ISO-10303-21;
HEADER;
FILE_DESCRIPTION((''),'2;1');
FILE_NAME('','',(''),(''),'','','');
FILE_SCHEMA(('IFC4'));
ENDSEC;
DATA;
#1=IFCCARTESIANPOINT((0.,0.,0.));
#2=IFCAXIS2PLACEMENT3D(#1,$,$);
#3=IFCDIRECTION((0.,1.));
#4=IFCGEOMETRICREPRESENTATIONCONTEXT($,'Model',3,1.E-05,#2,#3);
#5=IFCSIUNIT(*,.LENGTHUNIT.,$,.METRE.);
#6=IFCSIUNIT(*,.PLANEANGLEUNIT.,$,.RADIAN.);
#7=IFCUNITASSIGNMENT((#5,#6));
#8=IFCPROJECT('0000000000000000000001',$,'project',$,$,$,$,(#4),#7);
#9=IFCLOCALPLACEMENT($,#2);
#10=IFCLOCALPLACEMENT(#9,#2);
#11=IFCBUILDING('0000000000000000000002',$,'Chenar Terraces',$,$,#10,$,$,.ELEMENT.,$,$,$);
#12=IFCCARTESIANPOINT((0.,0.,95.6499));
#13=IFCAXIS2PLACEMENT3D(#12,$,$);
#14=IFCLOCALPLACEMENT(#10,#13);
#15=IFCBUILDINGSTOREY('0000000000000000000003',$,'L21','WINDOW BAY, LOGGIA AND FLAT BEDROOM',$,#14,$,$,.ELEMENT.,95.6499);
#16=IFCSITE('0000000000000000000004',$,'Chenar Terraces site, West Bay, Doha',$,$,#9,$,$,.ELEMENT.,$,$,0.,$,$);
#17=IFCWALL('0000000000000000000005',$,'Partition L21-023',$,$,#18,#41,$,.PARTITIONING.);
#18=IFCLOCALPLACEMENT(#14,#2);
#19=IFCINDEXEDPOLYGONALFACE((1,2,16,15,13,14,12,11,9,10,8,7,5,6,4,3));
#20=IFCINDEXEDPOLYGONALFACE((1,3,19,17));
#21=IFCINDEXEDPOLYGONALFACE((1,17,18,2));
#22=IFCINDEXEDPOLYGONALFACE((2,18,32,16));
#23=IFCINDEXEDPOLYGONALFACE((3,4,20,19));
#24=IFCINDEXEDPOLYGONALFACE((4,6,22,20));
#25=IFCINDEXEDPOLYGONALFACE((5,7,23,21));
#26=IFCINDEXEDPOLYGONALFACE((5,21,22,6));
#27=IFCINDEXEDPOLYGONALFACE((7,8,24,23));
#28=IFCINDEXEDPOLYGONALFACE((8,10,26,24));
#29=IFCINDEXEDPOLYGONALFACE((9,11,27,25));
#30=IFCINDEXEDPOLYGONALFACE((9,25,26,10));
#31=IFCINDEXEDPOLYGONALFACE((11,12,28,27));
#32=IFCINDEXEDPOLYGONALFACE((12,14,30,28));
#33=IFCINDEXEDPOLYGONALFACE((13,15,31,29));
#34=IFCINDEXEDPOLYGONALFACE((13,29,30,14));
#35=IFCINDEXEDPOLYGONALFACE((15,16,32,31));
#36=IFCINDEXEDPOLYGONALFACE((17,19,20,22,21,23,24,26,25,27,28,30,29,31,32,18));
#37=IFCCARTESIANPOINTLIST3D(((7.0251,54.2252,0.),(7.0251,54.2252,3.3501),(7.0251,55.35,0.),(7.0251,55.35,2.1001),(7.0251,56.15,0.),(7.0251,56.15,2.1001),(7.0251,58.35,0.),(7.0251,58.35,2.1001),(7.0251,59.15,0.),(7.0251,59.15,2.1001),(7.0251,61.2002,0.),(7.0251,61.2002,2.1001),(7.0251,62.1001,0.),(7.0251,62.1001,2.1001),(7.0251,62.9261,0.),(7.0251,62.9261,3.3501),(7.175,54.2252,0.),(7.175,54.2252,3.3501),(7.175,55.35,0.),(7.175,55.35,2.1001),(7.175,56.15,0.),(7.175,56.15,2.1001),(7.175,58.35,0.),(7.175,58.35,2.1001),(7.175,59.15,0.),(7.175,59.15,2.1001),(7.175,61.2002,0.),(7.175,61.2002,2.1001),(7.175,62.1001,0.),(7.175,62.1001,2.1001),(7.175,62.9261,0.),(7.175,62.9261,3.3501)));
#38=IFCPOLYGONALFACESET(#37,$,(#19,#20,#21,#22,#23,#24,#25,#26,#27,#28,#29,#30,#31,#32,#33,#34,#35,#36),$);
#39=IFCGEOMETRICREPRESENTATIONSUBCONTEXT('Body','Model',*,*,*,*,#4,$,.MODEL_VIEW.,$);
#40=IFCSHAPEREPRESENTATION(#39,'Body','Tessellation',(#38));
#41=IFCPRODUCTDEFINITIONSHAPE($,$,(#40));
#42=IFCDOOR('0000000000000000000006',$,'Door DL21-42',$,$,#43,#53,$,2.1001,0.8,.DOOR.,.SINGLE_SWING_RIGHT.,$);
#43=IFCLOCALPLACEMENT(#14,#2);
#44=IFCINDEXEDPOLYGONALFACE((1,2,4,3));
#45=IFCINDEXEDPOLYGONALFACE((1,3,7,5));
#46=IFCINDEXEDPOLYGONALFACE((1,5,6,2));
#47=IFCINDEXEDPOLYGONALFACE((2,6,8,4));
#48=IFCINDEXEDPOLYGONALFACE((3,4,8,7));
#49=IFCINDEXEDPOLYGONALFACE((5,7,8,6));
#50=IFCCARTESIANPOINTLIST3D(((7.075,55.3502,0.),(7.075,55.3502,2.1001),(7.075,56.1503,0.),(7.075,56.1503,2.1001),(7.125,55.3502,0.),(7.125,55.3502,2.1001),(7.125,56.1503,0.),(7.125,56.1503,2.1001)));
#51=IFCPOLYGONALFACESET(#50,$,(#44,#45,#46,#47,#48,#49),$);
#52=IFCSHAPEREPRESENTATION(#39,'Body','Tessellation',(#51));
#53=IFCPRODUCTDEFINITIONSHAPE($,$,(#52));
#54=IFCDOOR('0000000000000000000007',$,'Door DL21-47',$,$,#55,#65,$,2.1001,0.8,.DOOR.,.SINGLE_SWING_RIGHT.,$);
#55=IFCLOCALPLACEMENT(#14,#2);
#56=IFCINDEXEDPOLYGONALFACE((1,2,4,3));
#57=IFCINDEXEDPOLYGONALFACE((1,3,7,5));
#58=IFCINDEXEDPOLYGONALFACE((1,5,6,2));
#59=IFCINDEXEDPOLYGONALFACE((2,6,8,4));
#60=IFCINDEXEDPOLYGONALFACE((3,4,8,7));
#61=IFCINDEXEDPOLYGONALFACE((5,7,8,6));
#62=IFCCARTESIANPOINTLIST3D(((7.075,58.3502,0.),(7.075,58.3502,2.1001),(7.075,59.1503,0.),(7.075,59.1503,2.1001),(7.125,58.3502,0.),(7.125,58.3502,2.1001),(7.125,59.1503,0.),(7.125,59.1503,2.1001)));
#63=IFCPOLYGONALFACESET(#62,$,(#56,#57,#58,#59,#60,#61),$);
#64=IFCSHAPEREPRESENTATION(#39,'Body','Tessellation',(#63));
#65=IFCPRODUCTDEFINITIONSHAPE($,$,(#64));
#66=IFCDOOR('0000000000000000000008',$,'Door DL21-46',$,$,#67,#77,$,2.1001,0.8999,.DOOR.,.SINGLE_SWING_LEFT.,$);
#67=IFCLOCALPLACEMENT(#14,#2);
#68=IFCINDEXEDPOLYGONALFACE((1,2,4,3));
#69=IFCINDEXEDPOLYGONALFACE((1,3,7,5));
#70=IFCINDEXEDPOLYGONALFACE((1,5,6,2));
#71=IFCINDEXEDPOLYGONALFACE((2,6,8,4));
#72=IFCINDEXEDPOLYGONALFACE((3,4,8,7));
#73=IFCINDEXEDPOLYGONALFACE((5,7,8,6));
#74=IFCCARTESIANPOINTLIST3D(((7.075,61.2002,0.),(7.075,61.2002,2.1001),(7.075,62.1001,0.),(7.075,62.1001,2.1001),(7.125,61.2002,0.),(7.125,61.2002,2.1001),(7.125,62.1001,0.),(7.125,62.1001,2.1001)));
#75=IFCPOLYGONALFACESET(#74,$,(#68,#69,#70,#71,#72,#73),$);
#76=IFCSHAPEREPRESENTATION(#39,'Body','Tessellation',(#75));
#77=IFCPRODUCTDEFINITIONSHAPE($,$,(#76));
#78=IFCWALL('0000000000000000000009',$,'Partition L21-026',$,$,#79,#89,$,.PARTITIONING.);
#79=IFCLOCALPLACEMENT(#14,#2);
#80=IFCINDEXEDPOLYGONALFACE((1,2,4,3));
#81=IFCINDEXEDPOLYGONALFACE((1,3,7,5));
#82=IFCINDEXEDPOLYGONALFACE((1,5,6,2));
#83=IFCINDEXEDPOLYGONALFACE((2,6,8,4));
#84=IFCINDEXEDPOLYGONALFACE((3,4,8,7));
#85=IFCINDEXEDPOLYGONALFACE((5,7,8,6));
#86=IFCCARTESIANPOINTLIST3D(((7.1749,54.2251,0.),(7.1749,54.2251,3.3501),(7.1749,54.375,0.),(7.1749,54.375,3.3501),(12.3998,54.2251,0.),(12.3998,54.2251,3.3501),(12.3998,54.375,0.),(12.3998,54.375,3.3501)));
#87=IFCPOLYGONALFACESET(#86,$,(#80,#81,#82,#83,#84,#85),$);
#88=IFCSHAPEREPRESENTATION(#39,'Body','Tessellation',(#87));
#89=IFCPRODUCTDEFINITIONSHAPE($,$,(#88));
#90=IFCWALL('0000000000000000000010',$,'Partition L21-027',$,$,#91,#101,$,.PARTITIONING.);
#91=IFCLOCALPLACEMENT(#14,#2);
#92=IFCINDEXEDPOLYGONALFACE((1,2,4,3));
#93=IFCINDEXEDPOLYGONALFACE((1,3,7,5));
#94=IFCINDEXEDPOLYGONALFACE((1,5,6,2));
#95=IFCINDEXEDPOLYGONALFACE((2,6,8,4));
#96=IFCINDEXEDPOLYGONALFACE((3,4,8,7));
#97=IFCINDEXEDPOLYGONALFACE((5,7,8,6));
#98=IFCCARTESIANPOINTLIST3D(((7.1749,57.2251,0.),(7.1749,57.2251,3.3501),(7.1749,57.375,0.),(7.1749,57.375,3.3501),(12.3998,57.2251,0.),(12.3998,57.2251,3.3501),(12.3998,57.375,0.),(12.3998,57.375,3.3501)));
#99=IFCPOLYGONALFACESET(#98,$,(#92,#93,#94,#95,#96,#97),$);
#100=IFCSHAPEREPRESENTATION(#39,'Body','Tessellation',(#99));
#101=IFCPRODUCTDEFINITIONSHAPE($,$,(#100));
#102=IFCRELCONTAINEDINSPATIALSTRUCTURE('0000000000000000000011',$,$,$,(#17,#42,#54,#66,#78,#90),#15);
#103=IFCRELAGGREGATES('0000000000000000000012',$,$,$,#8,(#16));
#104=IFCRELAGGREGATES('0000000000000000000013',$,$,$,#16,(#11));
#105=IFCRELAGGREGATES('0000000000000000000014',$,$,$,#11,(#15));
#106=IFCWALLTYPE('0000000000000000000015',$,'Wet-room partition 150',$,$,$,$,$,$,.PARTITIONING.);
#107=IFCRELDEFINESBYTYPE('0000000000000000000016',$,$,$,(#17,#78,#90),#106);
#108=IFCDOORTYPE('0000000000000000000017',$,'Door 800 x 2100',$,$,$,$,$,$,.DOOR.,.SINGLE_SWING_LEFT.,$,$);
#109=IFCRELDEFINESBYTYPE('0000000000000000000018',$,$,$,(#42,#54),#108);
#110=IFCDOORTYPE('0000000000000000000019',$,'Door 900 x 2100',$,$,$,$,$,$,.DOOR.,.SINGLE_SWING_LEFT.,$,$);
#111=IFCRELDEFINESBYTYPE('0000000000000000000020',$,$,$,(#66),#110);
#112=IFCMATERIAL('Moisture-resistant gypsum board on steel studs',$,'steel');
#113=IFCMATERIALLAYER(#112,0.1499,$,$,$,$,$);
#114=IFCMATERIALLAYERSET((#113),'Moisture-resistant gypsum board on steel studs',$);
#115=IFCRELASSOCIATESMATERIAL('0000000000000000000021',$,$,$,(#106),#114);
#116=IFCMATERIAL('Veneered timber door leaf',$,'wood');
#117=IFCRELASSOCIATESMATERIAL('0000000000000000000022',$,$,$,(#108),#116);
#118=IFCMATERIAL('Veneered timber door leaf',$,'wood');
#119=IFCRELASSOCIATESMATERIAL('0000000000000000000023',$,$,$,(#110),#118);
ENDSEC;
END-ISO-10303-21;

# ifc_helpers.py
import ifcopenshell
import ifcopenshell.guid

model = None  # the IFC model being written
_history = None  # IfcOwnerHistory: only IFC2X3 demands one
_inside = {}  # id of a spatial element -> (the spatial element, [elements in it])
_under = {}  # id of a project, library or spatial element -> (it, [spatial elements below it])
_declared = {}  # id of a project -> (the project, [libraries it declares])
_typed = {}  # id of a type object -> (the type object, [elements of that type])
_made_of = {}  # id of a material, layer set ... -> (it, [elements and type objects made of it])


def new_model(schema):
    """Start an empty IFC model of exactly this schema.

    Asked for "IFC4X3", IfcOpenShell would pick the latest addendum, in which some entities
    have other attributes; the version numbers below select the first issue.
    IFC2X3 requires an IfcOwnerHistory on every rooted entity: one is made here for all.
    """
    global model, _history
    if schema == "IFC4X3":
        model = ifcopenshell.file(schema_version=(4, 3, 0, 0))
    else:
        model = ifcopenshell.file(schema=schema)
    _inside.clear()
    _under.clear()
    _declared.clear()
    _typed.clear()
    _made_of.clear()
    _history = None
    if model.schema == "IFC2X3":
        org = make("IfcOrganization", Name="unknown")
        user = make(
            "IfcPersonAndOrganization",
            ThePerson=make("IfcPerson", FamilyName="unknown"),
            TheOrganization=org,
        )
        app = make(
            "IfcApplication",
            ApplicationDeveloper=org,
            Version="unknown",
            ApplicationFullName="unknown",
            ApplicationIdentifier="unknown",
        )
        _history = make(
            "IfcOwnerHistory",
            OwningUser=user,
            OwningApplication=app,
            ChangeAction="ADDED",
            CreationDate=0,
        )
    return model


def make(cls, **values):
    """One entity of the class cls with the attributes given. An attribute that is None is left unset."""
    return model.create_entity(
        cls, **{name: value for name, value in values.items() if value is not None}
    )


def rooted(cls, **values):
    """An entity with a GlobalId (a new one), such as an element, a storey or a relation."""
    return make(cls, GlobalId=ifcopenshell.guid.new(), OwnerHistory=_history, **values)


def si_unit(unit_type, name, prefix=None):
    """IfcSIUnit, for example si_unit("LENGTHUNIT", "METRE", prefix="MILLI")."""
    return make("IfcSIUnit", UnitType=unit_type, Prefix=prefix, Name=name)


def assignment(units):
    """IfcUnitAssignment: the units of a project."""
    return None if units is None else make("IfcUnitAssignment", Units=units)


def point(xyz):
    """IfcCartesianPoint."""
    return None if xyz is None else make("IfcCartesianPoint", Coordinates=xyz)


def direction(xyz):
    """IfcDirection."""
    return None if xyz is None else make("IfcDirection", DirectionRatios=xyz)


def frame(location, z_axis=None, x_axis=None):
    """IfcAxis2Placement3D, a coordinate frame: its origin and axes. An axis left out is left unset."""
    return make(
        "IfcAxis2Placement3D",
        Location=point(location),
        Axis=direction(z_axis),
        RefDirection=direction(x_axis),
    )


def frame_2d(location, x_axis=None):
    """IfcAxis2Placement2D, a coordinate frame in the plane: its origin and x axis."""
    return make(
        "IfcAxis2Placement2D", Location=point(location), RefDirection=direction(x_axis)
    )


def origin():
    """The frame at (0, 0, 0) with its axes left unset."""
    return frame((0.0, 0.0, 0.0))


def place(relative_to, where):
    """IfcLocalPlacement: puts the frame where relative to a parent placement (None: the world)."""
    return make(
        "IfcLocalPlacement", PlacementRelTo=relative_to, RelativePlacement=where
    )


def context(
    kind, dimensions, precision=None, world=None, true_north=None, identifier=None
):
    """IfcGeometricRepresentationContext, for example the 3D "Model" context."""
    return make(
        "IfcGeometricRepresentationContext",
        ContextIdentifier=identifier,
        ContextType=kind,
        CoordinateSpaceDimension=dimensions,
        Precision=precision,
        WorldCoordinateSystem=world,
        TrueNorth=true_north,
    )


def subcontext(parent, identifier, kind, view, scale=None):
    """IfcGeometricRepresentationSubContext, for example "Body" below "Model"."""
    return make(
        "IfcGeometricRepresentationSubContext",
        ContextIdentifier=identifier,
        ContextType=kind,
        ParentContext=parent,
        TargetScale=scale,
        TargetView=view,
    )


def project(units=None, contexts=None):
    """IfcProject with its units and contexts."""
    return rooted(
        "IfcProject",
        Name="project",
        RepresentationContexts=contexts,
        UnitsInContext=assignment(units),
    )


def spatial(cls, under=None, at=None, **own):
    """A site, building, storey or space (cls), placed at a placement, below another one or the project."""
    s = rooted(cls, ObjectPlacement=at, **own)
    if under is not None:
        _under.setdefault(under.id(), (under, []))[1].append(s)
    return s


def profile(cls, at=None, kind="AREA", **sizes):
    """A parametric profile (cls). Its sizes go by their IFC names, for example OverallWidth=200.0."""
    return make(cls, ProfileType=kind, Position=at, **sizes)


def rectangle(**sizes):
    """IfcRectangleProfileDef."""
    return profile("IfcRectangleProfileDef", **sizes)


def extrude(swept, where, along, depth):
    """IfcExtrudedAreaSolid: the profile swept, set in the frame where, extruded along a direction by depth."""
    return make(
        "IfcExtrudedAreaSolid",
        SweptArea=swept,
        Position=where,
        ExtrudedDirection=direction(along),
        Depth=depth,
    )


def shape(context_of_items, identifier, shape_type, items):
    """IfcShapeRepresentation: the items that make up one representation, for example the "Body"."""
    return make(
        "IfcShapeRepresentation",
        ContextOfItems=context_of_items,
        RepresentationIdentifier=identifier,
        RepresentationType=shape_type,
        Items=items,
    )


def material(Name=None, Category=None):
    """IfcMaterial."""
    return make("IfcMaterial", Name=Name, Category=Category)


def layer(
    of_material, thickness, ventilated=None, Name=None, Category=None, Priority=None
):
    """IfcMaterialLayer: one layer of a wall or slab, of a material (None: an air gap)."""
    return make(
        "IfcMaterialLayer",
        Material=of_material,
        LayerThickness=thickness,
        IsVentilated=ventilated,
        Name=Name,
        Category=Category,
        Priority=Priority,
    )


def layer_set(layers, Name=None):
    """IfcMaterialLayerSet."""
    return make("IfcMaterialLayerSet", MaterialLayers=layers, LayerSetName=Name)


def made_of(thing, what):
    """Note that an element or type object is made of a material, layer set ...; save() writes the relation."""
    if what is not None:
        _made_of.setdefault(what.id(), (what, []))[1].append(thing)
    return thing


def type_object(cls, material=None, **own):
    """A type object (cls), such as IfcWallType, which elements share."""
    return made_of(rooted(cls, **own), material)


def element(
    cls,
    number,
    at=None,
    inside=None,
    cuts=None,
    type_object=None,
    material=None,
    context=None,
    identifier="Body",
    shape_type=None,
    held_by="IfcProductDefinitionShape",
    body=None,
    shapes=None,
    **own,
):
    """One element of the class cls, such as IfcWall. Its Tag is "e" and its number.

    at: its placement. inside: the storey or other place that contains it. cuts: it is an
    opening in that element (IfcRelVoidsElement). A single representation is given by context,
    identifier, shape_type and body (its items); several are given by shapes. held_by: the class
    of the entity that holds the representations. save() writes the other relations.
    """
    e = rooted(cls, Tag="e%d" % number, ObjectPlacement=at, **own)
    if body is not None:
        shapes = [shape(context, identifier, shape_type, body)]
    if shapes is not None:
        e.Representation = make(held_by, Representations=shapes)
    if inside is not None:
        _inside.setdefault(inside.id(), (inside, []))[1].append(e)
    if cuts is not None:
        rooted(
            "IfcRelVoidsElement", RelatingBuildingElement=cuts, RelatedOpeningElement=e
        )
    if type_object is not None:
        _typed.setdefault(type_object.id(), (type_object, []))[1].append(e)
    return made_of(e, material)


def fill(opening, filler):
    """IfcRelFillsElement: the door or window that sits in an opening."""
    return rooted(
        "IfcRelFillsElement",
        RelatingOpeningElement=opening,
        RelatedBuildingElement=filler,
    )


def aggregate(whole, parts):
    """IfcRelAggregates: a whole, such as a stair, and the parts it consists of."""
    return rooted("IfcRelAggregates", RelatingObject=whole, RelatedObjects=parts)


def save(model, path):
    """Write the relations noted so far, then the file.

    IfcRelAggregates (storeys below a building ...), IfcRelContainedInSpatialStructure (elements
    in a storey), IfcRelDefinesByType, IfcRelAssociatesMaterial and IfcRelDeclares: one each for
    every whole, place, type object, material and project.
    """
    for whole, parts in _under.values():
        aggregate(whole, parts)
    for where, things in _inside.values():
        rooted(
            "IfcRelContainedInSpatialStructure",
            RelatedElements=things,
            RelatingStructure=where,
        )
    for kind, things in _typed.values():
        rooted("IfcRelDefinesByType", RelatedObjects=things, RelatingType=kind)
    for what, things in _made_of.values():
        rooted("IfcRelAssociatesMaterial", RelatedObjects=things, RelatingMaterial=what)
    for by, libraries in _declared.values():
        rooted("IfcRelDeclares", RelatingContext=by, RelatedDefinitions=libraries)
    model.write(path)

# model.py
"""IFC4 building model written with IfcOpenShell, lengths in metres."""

from ifc_helpers import new_model, si_unit, direction, frame, frame_2d, origin, place, context, subcontext, project, spatial, rectangle, extrude, material, layer, layer_set, type_object, element, fill, save


model = new_model("IFC4")

# Units and contexts
model_context = context("Model", 3, precision=1e-05, world=origin(), true_north=direction((0.0, 1.0)))
body_context = subcontext(model_context, "Body", "Model", "MODEL_VIEW")
ifc_project = project(units=[si_unit("LENGTHUNIT", "METRE"), si_unit("PLANEANGLEUNIT", "RADIAN")], contexts=[model_context])

# Site, building, storey
site_placement = place(None, origin())
site = spatial("IfcSite", under=ifc_project, at=site_placement, Name="Chenar Terraces site, West Bay, Doha", CompositionType="ELEMENT", RefElevation=0.0)
building_placement = place(site_placement, origin())
building = spatial("IfcBuilding", under=site, at=building_placement, Name="Chenar Terraces", CompositionType="ELEMENT")
storey_placement = place(building_placement, frame((0.0, 0.0, 95.6499)))
storey = spatial("IfcBuildingStorey", under=building, at=storey_placement, Name="L21", Description="WINDOW BAY, LOGGIA AND FLAT BEDROOM", CompositionType="ELEMENT", Elevation=95.6499)

# Shared definitions
ifc_material_1 = material(Name="Moisture-resistant gypsum board on steel studs", Category="steel")
ifc_layer_1 = layer(ifc_material_1, 0.1499)
ifc_layer_set_1 = layer_set([ifc_layer_1], Name="Moisture-resistant gypsum board on steel studs")
wall_type_1 = type_object("IfcWallType", Name="Wet-room partition 150", PredefinedType="PARTITIONING", material=ifc_layer_set_1)

# Shared definitions
ifc_material_2 = material(Name="Veneered timber door leaf", Category="wood")
door_type_1 = type_object("IfcDoorType", Name="Door 800 x 2100", OperationType="SINGLE_SWING_LEFT", PredefinedType="DOOR", material=ifc_material_2)

# Wall, openings, doors
ifc_material_3 = material(Name="Veneered timber door leaf", Category="wood")
door_type_2 = type_object("IfcDoorType", Name="Door 900 x 2100", OperationType="SINGLE_SWING_LEFT", PredefinedType="DOOR", material=ifc_material_3)
wall_1_placement = place(storey_placement, frame((7.1001, 54.2251, 0.0), z_axis=(0.0, 0.0, 1.0), x_axis=(0.0, 1.0, 0.0)))
wall_1 = element("IfcWall", 1, at=wall_1_placement, inside=storey, type_object=wall_type_1, Name="Partition L21-023", PredefinedType="PARTITIONING", context=body_context, shape_type="SweptSolid", body=[
    extrude(rectangle(XDim=8.7009, YDim=0.1499, at=frame_2d((4.3506, 0.0))), origin(), (0.0, 0.0, 1.0), 3.3501),
])
opening_1_placement = place(wall_1_placement, frame((1.125, 0.0, 0.0)))
opening_1 = element("IfcOpeningElement", 2, at=opening_1_placement, cuts=wall_1, PredefinedType="OPENING", context=body_context, shape_type="SweptSolid", body=[
    extrude(rectangle(XDim=0.8, YDim=2.1001, at=frame_2d((0.3999, 1.05))), frame((0.0, 0.085, 0.0), z_axis=(0.0, -1.0, 0.0), x_axis=(1.0, 0.0, 0.0)), (0.0, 0.0, 1.0), 0.1699),
])
opening_2_placement = place(wall_1_placement, frame((6.9751, 0.0, 0.0)))
opening_2 = element("IfcOpeningElement", 3, at=opening_2_placement, cuts=wall_1, PredefinedType="OPENING", context=body_context, shape_type="SweptSolid", body=[
    extrude(rectangle(XDim=0.8999, YDim=2.1001, at=frame_2d((0.45, 1.05))), frame((0.0, 0.085, 0.0), z_axis=(0.0, -1.0, 0.0), x_axis=(1.0, 0.0, 0.0)), (0.0, 0.0, 1.0), 0.1699),
])
opening_3_placement = place(wall_1_placement, frame((4.125, 0.0, 0.0)))
opening_3 = element("IfcOpeningElement", 4, at=opening_3_placement, cuts=wall_1, PredefinedType="OPENING", context=body_context, shape_type="SweptSolid", body=[
    extrude(rectangle(XDim=0.8, YDim=2.1001, at=frame_2d((0.3999, 1.05))), frame((0.0, 0.085, 0.0), z_axis=(0.0, -1.0, 0.0), x_axis=(1.0, 0.0, 0.0)), (0.0, 0.0, 1.0), 0.1699),
])
door_1_placement = place(opening_1_placement, frame((0.8, 0.0, 0.0), z_axis=(0.0, 0.0, 1.0), x_axis=(-1.0, 0.0, 0.0)))
door_1 = element("IfcDoor", 5, at=door_1_placement, inside=storey, type_object=door_type_1, Name="Door DL21-42", OperationType="SINGLE_SWING_RIGHT", OverallHeight=2.1001, OverallWidth=0.8, PredefinedType="DOOR", context=body_context, shape_type="SweptSolid", body=[
    extrude(rectangle(XDim=0.8, YDim=2.1001, at=frame_2d((0.3999, 1.05))), frame((0.0, 0.0249, 0.0), z_axis=(0.0, -1.0, 0.0), x_axis=(1.0, 0.0, 0.0)), (0.0, 0.0, 1.0), 0.05),
])
fill(opening_1, door_1)
door_2_placement = place(opening_3_placement, frame((0.8, 0.0, 0.0), z_axis=(0.0, 0.0, 1.0), x_axis=(-1.0, 0.0, 0.0)))
door_2 = element("IfcDoor", 6, at=door_2_placement, inside=storey, type_object=door_type_1, Name="Door DL21-47", OperationType="SINGLE_SWING_RIGHT", OverallHeight=2.1001, OverallWidth=0.8, PredefinedType="DOOR", context=body_context, shape_type="SweptSolid", body=[
    extrude(rectangle(XDim=0.8, YDim=2.1001, at=frame_2d((0.3999, 1.05))), frame((0.0, 0.0249, 0.0), z_axis=(0.0, -1.0, 0.0), x_axis=(1.0, 0.0, 0.0)), (0.0, 0.0, 1.0), 0.05),
])
fill(opening_3, door_2)
door_3_placement = place(opening_2_placement, frame((0.8999, 0.0, 0.0), z_axis=(0.0, 0.0, 1.0), x_axis=(-1.0, 0.0, 0.0)))
door_3 = element("IfcDoor", 7, at=door_3_placement, inside=storey, type_object=door_type_2, Name="Door DL21-46", OperationType="SINGLE_SWING_LEFT", OverallHeight=2.1001, OverallWidth=0.8999, PredefinedType="DOOR", context=body_context, shape_type="SweptSolid", body=[
    extrude(rectangle(XDim=0.8999, YDim=2.1001, at=frame_2d((0.45, 1.05))), frame((0.0, 0.0249, 0.0), z_axis=(0.0, -1.0, 0.0), x_axis=(1.0, 0.0, 0.0)), (0.0, 0.0, 1.0), 0.05),
])
fill(opening_2, door_3)

# Walls
for number, where, z_axis, x_axis, name in (
    (8, (7.175, 54.3, 0.0), (0.0, 0.0, 1.0), (1.0, 0.0, 0.0), "Partition L21-026"),
    (9, (7.175, 57.3, 0.0), (0.0, 0.0, 1.0), (1.0, 0.0, 0.0), "Partition L21-027"),
):
    element("IfcWall", number, at=place(storey_placement, frame(where, z_axis=z_axis, x_axis=x_axis)), inside=storey, type_object=wall_type_1, Name=name, PredefinedType="PARTITIONING", context=body_context, shape_type="SweptSolid", body=[
        extrude(rectangle(XDim=5.2249, YDim=0.1499, at=frame_2d((2.6123, 0.0))), origin(), (0.0, 0.0, 1.0), 3.3501),
    ])

save(model, "model.ifc")
